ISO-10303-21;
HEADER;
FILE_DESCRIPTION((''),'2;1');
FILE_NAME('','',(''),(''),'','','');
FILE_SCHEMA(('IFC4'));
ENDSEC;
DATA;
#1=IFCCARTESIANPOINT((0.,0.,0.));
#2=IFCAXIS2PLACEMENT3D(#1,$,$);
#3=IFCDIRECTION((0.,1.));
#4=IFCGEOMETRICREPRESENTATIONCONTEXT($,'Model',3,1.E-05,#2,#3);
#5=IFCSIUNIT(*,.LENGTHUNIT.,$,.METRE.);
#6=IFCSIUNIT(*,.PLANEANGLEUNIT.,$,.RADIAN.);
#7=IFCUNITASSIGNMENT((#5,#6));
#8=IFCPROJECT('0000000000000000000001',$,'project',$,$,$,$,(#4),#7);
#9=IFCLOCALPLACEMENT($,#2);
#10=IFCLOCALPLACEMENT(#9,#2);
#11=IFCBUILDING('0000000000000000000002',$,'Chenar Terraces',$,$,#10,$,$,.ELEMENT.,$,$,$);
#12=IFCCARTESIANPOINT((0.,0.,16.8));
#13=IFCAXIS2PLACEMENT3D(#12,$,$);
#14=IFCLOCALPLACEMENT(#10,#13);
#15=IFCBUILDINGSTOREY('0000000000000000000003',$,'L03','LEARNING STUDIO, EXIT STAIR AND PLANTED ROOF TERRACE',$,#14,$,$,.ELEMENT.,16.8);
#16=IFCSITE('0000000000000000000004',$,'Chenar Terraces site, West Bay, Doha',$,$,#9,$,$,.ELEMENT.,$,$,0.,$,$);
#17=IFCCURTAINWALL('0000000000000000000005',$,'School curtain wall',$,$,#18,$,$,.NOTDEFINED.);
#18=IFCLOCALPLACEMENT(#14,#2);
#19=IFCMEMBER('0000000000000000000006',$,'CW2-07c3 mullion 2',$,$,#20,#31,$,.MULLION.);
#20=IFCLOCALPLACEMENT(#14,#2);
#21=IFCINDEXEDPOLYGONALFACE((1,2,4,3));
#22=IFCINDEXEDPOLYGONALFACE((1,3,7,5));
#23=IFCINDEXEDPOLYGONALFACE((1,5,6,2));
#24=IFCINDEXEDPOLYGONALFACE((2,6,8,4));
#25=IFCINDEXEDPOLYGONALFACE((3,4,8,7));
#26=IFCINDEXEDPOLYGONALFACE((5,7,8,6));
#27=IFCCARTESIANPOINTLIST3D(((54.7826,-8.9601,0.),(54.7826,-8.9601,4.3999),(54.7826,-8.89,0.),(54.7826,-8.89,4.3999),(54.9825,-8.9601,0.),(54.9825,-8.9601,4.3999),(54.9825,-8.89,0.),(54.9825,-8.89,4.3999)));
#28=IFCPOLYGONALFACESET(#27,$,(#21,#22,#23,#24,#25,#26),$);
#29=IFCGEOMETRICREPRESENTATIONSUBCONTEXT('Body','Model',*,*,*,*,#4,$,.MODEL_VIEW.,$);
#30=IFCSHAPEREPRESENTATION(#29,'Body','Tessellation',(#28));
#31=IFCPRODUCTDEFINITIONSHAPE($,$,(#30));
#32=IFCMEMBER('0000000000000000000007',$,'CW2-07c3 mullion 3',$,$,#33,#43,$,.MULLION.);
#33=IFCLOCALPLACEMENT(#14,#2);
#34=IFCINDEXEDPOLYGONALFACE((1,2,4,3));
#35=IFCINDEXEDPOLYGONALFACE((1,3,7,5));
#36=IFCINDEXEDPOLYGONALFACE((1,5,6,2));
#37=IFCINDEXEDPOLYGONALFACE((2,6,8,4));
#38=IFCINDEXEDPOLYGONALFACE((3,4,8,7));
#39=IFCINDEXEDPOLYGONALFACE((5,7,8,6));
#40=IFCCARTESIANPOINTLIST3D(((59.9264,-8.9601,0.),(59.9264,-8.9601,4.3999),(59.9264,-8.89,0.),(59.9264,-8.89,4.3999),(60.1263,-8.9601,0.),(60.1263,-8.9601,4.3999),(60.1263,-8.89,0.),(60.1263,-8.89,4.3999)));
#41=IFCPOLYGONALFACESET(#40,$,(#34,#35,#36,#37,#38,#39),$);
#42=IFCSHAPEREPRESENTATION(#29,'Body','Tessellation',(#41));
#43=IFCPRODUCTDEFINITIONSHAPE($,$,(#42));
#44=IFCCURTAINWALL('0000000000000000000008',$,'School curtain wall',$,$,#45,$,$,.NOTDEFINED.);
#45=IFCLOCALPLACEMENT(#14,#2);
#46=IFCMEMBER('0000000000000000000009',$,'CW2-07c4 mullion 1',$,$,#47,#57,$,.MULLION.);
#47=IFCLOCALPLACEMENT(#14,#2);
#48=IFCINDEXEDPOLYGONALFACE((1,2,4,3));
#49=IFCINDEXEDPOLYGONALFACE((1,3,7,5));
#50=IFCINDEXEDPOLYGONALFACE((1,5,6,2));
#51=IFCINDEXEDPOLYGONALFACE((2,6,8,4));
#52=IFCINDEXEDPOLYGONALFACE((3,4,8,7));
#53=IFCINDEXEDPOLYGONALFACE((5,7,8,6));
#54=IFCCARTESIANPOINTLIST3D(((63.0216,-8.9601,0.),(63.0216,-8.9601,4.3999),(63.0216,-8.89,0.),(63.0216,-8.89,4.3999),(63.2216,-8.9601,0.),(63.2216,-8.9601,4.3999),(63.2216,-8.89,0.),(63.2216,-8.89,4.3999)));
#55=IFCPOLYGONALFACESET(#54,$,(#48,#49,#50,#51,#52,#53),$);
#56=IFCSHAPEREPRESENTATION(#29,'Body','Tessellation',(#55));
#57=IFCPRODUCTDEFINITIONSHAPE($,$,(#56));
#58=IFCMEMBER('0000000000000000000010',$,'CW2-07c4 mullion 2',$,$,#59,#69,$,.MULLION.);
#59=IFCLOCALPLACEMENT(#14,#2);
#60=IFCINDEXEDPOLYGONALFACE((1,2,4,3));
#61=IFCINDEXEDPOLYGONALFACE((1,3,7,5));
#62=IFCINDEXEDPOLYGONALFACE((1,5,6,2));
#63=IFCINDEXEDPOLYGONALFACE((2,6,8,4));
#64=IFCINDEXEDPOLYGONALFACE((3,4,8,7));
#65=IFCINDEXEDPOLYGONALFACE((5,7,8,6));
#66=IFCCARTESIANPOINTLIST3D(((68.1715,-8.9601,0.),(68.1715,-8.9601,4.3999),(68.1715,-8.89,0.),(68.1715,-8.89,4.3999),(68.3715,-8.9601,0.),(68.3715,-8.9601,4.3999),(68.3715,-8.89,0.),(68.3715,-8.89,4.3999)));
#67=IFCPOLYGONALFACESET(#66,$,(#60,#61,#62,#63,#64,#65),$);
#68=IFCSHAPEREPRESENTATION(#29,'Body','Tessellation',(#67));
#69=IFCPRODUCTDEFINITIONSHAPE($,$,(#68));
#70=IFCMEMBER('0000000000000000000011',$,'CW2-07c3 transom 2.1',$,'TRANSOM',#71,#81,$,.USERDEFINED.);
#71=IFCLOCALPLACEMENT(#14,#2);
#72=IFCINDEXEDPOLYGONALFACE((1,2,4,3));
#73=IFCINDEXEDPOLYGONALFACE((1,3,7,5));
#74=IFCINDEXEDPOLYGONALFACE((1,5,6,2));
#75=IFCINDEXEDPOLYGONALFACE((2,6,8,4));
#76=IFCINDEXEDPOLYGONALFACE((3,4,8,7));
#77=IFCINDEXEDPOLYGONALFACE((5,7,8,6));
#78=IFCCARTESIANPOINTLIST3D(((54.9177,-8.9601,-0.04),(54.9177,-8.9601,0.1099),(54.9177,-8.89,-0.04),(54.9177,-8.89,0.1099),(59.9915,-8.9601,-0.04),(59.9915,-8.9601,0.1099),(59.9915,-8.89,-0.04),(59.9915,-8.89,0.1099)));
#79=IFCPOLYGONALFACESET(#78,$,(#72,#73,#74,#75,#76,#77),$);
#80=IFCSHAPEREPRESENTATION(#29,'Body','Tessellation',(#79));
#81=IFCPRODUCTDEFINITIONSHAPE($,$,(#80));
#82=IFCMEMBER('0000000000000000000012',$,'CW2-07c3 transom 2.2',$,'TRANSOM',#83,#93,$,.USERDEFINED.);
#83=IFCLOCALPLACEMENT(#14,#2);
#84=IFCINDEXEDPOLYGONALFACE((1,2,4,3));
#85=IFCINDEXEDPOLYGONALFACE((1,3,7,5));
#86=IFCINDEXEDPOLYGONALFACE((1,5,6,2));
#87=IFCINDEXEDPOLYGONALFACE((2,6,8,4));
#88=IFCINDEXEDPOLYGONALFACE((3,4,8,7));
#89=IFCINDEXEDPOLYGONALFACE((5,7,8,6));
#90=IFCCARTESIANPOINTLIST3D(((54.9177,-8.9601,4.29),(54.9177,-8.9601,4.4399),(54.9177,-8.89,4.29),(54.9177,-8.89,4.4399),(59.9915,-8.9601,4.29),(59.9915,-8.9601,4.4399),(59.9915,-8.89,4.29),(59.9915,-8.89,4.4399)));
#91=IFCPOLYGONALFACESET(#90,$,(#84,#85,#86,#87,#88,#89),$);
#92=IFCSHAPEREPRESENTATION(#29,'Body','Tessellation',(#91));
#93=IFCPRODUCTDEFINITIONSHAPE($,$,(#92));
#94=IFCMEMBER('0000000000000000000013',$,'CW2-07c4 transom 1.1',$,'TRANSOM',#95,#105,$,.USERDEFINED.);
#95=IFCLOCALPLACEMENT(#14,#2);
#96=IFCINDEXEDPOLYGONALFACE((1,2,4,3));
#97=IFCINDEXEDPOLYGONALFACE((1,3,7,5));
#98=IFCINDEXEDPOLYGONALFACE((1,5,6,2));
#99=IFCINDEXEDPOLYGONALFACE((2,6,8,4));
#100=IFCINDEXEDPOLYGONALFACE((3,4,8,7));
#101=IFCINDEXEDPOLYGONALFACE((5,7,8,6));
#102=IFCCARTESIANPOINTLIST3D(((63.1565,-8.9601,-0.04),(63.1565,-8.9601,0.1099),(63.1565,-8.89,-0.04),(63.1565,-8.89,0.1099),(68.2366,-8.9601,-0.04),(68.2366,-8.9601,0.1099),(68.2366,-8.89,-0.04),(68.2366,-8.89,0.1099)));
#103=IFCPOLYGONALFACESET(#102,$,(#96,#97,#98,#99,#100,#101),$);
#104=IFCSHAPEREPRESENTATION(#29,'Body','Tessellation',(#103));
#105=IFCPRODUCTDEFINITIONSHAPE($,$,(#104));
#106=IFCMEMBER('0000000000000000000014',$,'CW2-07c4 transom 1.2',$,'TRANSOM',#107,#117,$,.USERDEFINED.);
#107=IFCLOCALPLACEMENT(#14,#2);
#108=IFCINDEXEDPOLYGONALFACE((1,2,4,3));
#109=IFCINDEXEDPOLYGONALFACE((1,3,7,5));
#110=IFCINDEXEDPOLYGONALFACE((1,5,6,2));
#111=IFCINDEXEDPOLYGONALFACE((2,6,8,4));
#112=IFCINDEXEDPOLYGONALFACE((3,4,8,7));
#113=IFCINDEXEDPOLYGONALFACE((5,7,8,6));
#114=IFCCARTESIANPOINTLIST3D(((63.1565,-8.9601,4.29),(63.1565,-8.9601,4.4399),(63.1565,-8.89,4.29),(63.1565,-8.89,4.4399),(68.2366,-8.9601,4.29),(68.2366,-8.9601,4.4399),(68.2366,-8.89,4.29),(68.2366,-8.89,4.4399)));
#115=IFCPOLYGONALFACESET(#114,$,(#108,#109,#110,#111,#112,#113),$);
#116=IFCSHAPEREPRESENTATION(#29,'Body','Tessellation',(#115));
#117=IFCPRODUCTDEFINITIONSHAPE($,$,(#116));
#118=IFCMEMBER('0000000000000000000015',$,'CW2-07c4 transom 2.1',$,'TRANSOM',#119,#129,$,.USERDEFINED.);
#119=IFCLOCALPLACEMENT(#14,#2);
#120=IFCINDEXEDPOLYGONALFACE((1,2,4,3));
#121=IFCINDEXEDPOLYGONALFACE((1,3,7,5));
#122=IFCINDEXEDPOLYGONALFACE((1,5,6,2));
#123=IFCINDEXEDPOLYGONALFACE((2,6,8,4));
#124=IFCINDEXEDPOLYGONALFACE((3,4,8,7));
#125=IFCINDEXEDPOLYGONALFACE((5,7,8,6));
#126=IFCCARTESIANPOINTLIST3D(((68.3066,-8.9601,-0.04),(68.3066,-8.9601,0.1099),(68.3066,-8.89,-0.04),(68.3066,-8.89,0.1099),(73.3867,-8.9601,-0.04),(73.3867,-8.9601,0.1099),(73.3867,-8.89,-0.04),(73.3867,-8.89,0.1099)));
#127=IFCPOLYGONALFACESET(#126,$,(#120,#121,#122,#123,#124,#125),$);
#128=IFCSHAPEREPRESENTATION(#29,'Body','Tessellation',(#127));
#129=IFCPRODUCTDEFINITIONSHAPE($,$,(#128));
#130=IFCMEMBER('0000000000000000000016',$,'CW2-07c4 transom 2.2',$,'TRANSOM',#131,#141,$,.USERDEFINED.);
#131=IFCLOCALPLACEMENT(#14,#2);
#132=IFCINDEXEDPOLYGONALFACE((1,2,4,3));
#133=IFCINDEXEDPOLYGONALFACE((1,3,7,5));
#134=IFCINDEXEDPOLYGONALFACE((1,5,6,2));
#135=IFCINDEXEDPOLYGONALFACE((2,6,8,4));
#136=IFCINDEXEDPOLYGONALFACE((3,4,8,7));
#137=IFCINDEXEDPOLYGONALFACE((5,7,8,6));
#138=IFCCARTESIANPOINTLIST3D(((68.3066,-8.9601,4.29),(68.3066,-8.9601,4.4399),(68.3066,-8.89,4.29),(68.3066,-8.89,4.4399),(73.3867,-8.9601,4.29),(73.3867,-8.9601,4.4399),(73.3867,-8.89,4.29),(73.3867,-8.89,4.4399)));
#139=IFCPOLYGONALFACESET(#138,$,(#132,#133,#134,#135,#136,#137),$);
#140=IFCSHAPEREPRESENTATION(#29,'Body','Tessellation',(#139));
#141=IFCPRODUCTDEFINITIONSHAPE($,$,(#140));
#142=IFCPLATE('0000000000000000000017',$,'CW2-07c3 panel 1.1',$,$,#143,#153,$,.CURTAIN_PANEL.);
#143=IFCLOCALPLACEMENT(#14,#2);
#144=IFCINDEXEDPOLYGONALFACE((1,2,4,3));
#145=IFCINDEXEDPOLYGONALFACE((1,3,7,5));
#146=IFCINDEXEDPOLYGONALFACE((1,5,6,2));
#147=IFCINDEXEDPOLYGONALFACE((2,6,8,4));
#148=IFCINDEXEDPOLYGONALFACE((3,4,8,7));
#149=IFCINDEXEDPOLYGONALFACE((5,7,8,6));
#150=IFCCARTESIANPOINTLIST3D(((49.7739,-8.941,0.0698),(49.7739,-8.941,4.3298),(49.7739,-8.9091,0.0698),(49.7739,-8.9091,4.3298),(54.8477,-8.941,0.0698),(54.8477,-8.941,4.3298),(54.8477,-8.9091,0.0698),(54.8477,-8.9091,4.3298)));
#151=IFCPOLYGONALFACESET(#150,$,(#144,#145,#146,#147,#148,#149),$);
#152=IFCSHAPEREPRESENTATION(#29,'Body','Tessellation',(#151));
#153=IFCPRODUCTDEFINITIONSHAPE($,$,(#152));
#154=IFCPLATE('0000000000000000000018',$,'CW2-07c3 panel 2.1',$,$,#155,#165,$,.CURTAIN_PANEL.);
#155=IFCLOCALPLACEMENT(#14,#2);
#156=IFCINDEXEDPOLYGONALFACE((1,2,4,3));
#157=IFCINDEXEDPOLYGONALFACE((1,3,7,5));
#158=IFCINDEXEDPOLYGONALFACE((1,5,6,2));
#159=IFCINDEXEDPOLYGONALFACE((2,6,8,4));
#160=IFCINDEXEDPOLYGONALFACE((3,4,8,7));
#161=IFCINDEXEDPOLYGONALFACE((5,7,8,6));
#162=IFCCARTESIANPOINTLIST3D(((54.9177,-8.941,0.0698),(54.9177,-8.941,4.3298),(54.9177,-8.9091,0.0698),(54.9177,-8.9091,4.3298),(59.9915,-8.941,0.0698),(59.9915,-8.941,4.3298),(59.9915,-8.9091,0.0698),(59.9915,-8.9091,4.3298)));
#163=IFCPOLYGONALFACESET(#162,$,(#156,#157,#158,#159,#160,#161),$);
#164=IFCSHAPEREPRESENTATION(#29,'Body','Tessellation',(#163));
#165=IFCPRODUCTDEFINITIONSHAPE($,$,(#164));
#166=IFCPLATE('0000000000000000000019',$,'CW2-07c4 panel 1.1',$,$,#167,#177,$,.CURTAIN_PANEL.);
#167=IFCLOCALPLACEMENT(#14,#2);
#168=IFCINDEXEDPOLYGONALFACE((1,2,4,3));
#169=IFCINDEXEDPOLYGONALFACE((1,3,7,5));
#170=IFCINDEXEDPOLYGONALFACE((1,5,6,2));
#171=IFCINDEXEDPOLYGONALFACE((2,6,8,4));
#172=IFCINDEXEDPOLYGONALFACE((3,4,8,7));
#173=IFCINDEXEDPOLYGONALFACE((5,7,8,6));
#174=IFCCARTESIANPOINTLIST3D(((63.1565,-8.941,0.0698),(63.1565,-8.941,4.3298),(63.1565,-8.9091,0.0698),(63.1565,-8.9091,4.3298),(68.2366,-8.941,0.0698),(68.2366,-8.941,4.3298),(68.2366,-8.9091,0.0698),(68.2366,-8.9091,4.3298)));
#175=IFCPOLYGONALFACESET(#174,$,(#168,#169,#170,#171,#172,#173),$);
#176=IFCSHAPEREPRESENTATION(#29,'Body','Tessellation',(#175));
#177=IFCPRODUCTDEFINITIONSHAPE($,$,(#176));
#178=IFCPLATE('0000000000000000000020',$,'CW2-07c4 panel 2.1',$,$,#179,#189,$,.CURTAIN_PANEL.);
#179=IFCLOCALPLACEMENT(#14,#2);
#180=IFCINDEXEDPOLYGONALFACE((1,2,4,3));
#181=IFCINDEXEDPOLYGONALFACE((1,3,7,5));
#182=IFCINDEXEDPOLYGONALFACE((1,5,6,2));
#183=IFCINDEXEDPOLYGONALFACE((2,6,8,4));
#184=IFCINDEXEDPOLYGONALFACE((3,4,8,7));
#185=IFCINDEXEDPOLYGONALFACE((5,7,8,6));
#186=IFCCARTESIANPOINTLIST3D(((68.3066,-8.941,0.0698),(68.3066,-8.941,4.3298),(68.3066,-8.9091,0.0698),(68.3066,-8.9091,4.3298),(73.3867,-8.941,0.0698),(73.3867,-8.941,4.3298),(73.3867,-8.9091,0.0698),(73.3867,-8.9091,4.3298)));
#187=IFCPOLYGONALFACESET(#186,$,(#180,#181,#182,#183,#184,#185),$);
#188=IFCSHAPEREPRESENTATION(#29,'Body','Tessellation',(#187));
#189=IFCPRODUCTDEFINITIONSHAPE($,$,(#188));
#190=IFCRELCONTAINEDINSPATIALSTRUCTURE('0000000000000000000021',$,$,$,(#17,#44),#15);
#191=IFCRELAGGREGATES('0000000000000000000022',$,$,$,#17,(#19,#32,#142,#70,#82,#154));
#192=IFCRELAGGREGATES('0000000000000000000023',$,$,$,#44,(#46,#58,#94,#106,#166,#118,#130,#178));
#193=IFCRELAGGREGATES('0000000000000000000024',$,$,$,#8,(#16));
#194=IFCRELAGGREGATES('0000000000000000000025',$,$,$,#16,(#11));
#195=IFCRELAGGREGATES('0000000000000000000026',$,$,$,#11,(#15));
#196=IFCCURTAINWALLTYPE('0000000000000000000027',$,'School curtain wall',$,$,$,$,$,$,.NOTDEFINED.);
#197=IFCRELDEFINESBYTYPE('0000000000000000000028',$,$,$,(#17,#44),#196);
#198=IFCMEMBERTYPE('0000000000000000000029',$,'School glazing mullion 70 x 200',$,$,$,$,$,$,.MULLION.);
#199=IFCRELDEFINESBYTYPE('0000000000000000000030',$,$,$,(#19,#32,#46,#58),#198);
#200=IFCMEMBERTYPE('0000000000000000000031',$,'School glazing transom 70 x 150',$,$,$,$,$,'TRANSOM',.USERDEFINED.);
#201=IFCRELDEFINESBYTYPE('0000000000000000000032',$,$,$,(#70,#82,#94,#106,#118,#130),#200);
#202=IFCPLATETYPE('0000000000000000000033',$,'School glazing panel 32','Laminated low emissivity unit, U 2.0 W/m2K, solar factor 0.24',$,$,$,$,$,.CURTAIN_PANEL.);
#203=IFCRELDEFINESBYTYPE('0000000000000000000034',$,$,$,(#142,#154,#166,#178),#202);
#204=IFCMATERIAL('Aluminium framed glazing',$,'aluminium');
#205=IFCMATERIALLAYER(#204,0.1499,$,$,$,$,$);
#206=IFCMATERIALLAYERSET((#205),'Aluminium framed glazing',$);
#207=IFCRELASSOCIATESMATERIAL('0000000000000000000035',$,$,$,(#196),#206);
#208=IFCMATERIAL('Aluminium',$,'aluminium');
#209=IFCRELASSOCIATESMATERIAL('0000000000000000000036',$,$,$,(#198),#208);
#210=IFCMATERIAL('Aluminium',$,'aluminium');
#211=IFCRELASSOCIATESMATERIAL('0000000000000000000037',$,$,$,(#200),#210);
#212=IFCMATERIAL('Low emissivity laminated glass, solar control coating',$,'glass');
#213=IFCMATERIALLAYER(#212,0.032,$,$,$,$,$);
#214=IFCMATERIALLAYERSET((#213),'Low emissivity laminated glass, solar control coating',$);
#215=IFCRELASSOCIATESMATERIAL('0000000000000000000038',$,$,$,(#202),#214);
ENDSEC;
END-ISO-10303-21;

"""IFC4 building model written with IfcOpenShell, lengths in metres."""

from ifc_helpers import new_model, si_unit, direction, frame, origin, origin_2d, place, context, subcontext, project, spatial, rectangle, extrude, material, layer, layer_set, material_profile, profile_set, type_object, element, aggregate, save


model = new_model("IFC4")

# Units and contexts
model_context = context("Model", 3, precision=1e-05, world=origin(), true_north=direction((0.0, 1.0)))
body_context = subcontext(model_context, "Body", "Model", "MODEL_VIEW")
ifc_project = project(units=[si_unit("LENGTHUNIT", "METRE"), si_unit("PLANEANGLEUNIT", "RADIAN")], contexts=[model_context])

# Site, building, storey
site_placement = place(None, origin())
site = spatial("IfcSite", under=ifc_project, at=site_placement, Name="Chenar Terraces site, West Bay, Doha", CompositionType="ELEMENT", RefElevation=0.0)
building_placement = place(site_placement, origin())
building = spatial("IfcBuilding", under=site, at=building_placement, Name="Chenar Terraces", CompositionType="ELEMENT")
storey_placement = place(building_placement, frame((0.0, 0.0, 16.8)))
storey = spatial("IfcBuildingStorey", under=building, at=storey_placement, Name="L03", Description="LEARNING STUDIO, EXIT STAIR AND PLANTED ROOF TERRACE", CompositionType="ELEMENT", Elevation=16.8)

# Curtain walls, members
ifc_material_1 = material(Name="Aluminium framed glazing", Category="aluminium")
ifc_layer_1 = layer(ifc_material_1, 0.1499)
ifc_layer_set_1 = layer_set([ifc_layer_1], Name="Aluminium framed glazing")
curtain_wall_type = type_object("IfcCurtainWallType", Name="School curtain wall", PredefinedType="NOTDEFINED", material=ifc_layer_set_1)
placement = place(storey_placement, origin())
curtain_wall_1 = element("IfcCurtainWall", 1, at=placement, inside=storey, type_object=curtain_wall_type, Name="School curtain wall", PredefinedType="NOTDEFINED")
ifc_material_2 = material(Name="Aluminium", Category="aluminium")
ifc_material_profile_1 = material_profile(ifc_material_2, rectangle(XDim=0.0701, YDim=0.2, at=origin_2d()), Name="School glazing mullion 70 x 200")
ifc_profile_set_1 = profile_set([ifc_material_profile_1], Name="Aluminium")
member_type_1 = type_object("IfcMemberType", Name="School glazing mullion 70 x 200", PredefinedType="MULLION", material=ifc_profile_set_1)
member_1_placement = place(storey_placement, frame((54.8826, -8.925, 0.0), z_axis=(0.0, 0.0, 1.0), x_axis=(0.0, 1.0, 0.0)))
member_1 = element("IfcMember", 2, at=member_1_placement, type_object=member_type_1, Name="CW2-07c3 mullion 2", PredefinedType="MULLION", context=body_context, shape_type="SweptSolid", body=[
    extrude(rectangle(XDim=0.0701, YDim=0.2, at=origin_2d()), origin(), (0.0, 0.0, 1.0), 4.3999),
])
member_2_placement = place(storey_placement, frame((60.0264, -8.925, 0.0), z_axis=(0.0, 0.0, 1.0), x_axis=(0.0, 1.0, 0.0)))
member_2 = element("IfcMember", 3, at=member_2_placement, type_object=member_type_1, Name="CW2-07c3 mullion 3", PredefinedType="MULLION", context=body_context, shape_type="SweptSolid", body=[
    extrude(rectangle(XDim=0.0701, YDim=0.2, at=origin_2d()), origin(), (0.0, 0.0, 1.0), 4.3999),
])
curtain_wall_2 = element("IfcCurtainWall", 4, at=placement, inside=storey, type_object=curtain_wall_type, Name="School curtain wall", PredefinedType="NOTDEFINED")
member_3_placement = place(storey_placement, frame((63.1216, -8.925, 0.0), z_axis=(0.0, 0.0, 1.0), x_axis=(0.0, 1.0, 0.0)))
member_3 = element("IfcMember", 5, at=member_3_placement, type_object=member_type_1, Name="CW2-07c4 mullion 1", PredefinedType="MULLION", context=body_context, shape_type="SweptSolid", body=[
    extrude(rectangle(XDim=0.0701, YDim=0.2, at=origin_2d()), origin(), (0.0, 0.0, 1.0), 4.3999),
])
member_4_placement = place(storey_placement, frame((68.2715, -8.925, 0.0), z_axis=(0.0, 0.0, 1.0), x_axis=(0.0, 1.0, 0.0)))
member_4 = element("IfcMember", 6, at=member_4_placement, type_object=member_type_1, Name="CW2-07c4 mullion 2", PredefinedType="MULLION", context=body_context, shape_type="SweptSolid", body=[
    extrude(rectangle(XDim=0.0701, YDim=0.2, at=origin_2d()), origin(), (0.0, 0.0, 1.0), 4.3999),
])

# Members
ifc_material_3 = material(Name="Aluminium", Category="aluminium")
ifc_material_profile_2 = material_profile(ifc_material_3, rectangle(XDim=0.0701, YDim=0.1499, at=origin_2d()), Name="School glazing transom 70 x 150")
ifc_profile_set_2 = profile_set([ifc_material_profile_2], Name="Aluminium")
member_type_2 = type_object("IfcMemberType", Name="School glazing transom 70 x 150", ElementType="TRANSOM", PredefinedType="USERDEFINED", material=ifc_profile_set_2)
member_5_placement = place(storey_placement, frame((54.9177, -8.925, 0.0349), z_axis=(1.0, 0.0, 0.0), x_axis=(0.0, 1.0, 0.0)))
member_5 = element("IfcMember", 7, at=member_5_placement, type_object=member_type_2, Name="CW2-07c3 transom 2.1", ObjectType="TRANSOM", PredefinedType="USERDEFINED", context=body_context, shape_type="SweptSolid", body=[
    extrude(rectangle(XDim=0.0701, YDim=0.1499, at=origin_2d()), origin(), (0.0, 0.0, 1.0), 5.0737),
])
member_6_placement = place(storey_placement, frame((54.9177, -8.925, 4.365), z_axis=(1.0, 0.0, 0.0), x_axis=(0.0, 1.0, 0.0)))
member_6 = element("IfcMember", 8, at=member_6_placement, type_object=member_type_2, Name="CW2-07c3 transom 2.2", ObjectType="TRANSOM", PredefinedType="USERDEFINED", context=body_context, shape_type="SweptSolid", body=[
    extrude(rectangle(XDim=0.0701, YDim=0.1499, at=origin_2d()), origin(), (0.0, 0.0, 1.0), 5.0737),
])
member_7_placement = place(storey_placement, frame((63.1565, -8.925, 0.0349), z_axis=(1.0, 0.0, 0.0), x_axis=(0.0, 1.0, 0.0)))
member_7 = element("IfcMember", 9, at=member_7_placement, type_object=member_type_2, Name="CW2-07c4 transom 1.1", ObjectType="TRANSOM", PredefinedType="USERDEFINED", context=body_context, shape_type="SweptSolid", body=[
    extrude(rectangle(XDim=0.0701, YDim=0.1499, at=origin_2d()), origin(), (0.0, 0.0, 1.0), 5.0801),
])
member_8_placement = place(storey_placement, frame((63.1565, -8.925, 4.365), z_axis=(1.0, 0.0, 0.0), x_axis=(0.0, 1.0, 0.0)))
member_8 = element("IfcMember", 10, at=member_8_placement, type_object=member_type_2, Name="CW2-07c4 transom 1.2", ObjectType="TRANSOM", PredefinedType="USERDEFINED", context=body_context, shape_type="SweptSolid", body=[
    extrude(rectangle(XDim=0.0701, YDim=0.1499, at=origin_2d()), origin(), (0.0, 0.0, 1.0), 5.0801),
])
member_9_placement = place(storey_placement, frame((68.3066, -8.925, 0.0349), z_axis=(1.0, 0.0, 0.0), x_axis=(0.0, 1.0, 0.0)))
member_9 = element("IfcMember", 11, at=member_9_placement, type_object=member_type_2, Name="CW2-07c4 transom 2.1", ObjectType="TRANSOM", PredefinedType="USERDEFINED", context=body_context, shape_type="SweptSolid", body=[
    extrude(rectangle(XDim=0.0701, YDim=0.1499, at=origin_2d()), origin(), (0.0, 0.0, 1.0), 5.0801),
])
member_10_placement = place(storey_placement, frame((68.3066, -8.925, 4.365), z_axis=(1.0, 0.0, 0.0), x_axis=(0.0, 1.0, 0.0)))
member_10 = element("IfcMember", 12, at=member_10_placement, type_object=member_type_2, Name="CW2-07c4 transom 2.2", ObjectType="TRANSOM", PredefinedType="USERDEFINED", context=body_context, shape_type="SweptSolid", body=[
    extrude(rectangle(XDim=0.0701, YDim=0.1499, at=origin_2d()), origin(), (0.0, 0.0, 1.0), 5.0801),
])

# Plates
ifc_material_4 = material(Name="Low emissivity laminated glass, solar control coating", Category="glass")
ifc_layer_2 = layer(ifc_material_4, 0.032)
ifc_layer_set_2 = layer_set([ifc_layer_2], Name="Low emissivity laminated glass, solar control coating")
plate_type = type_object("IfcPlateType", Name="School glazing panel 32", Description="Laminated low emissivity unit, U 2.0 W/m2K, solar factor 0.24", PredefinedType="CURTAIN_PANEL", material=ifc_layer_set_2)
plate_1_placement = place(storey_placement, frame((52.3108, -8.925, 0.0698), z_axis=(0.0, 0.0, 1.0), x_axis=(1.0, 0.0, 0.0)))
plate_1 = element("IfcPlate", 13, at=plate_1_placement, type_object=plate_type, Name="CW2-07c3 panel 1.1", PredefinedType="CURTAIN_PANEL", context=body_context, shape_type="SweptSolid", body=[
    extrude(rectangle(XDim=5.0737, YDim=0.032, at=origin_2d()), origin(), (0.0, 0.0, 1.0), 4.26),
])
plate_2_placement = place(storey_placement, frame((57.4546, -8.925, 0.0698), z_axis=(0.0, 0.0, 1.0), x_axis=(1.0, 0.0, 0.0)))
plate_2 = element("IfcPlate", 14, at=plate_2_placement, type_object=plate_type, Name="CW2-07c3 panel 2.1", PredefinedType="CURTAIN_PANEL", context=body_context, shape_type="SweptSolid", body=[
    extrude(rectangle(XDim=5.0737, YDim=0.032, at=origin_2d()), origin(), (0.0, 0.0, 1.0), 4.26),
])
aggregate(curtain_wall_1, [member_1, member_2, plate_1, member_5, member_6, plate_2])
plate_3_placement = place(storey_placement, frame((65.6965, -8.925, 0.0698), z_axis=(0.0, 0.0, 1.0), x_axis=(1.0, 0.0, 0.0)))
plate_3 = element("IfcPlate", 15, at=plate_3_placement, type_object=plate_type, Name="CW2-07c4 panel 1.1", PredefinedType="CURTAIN_PANEL", context=body_context, shape_type="SweptSolid", body=[
    extrude(rectangle(XDim=5.0801, YDim=0.032, at=origin_2d()), origin(), (0.0, 0.0, 1.0), 4.26),
])
plate_4_placement = place(storey_placement, frame((70.8467, -8.925, 0.0698), z_axis=(0.0, 0.0, 1.0), x_axis=(1.0, 0.0, 0.0)))
plate_4 = element("IfcPlate", 16, at=plate_4_placement, type_object=plate_type, Name="CW2-07c4 panel 2.1", PredefinedType="CURTAIN_PANEL", context=body_context, shape_type="SweptSolid", body=[
    extrude(rectangle(XDim=5.0801, YDim=0.032, at=origin_2d()), origin(), (0.0, 0.0, 1.0), 4.26),
])
aggregate(curtain_wall_2, [member_3, member_4, member_7, member_8, plate_3, member_9, member_10, plate_4])

save(model, "model.ifc")
